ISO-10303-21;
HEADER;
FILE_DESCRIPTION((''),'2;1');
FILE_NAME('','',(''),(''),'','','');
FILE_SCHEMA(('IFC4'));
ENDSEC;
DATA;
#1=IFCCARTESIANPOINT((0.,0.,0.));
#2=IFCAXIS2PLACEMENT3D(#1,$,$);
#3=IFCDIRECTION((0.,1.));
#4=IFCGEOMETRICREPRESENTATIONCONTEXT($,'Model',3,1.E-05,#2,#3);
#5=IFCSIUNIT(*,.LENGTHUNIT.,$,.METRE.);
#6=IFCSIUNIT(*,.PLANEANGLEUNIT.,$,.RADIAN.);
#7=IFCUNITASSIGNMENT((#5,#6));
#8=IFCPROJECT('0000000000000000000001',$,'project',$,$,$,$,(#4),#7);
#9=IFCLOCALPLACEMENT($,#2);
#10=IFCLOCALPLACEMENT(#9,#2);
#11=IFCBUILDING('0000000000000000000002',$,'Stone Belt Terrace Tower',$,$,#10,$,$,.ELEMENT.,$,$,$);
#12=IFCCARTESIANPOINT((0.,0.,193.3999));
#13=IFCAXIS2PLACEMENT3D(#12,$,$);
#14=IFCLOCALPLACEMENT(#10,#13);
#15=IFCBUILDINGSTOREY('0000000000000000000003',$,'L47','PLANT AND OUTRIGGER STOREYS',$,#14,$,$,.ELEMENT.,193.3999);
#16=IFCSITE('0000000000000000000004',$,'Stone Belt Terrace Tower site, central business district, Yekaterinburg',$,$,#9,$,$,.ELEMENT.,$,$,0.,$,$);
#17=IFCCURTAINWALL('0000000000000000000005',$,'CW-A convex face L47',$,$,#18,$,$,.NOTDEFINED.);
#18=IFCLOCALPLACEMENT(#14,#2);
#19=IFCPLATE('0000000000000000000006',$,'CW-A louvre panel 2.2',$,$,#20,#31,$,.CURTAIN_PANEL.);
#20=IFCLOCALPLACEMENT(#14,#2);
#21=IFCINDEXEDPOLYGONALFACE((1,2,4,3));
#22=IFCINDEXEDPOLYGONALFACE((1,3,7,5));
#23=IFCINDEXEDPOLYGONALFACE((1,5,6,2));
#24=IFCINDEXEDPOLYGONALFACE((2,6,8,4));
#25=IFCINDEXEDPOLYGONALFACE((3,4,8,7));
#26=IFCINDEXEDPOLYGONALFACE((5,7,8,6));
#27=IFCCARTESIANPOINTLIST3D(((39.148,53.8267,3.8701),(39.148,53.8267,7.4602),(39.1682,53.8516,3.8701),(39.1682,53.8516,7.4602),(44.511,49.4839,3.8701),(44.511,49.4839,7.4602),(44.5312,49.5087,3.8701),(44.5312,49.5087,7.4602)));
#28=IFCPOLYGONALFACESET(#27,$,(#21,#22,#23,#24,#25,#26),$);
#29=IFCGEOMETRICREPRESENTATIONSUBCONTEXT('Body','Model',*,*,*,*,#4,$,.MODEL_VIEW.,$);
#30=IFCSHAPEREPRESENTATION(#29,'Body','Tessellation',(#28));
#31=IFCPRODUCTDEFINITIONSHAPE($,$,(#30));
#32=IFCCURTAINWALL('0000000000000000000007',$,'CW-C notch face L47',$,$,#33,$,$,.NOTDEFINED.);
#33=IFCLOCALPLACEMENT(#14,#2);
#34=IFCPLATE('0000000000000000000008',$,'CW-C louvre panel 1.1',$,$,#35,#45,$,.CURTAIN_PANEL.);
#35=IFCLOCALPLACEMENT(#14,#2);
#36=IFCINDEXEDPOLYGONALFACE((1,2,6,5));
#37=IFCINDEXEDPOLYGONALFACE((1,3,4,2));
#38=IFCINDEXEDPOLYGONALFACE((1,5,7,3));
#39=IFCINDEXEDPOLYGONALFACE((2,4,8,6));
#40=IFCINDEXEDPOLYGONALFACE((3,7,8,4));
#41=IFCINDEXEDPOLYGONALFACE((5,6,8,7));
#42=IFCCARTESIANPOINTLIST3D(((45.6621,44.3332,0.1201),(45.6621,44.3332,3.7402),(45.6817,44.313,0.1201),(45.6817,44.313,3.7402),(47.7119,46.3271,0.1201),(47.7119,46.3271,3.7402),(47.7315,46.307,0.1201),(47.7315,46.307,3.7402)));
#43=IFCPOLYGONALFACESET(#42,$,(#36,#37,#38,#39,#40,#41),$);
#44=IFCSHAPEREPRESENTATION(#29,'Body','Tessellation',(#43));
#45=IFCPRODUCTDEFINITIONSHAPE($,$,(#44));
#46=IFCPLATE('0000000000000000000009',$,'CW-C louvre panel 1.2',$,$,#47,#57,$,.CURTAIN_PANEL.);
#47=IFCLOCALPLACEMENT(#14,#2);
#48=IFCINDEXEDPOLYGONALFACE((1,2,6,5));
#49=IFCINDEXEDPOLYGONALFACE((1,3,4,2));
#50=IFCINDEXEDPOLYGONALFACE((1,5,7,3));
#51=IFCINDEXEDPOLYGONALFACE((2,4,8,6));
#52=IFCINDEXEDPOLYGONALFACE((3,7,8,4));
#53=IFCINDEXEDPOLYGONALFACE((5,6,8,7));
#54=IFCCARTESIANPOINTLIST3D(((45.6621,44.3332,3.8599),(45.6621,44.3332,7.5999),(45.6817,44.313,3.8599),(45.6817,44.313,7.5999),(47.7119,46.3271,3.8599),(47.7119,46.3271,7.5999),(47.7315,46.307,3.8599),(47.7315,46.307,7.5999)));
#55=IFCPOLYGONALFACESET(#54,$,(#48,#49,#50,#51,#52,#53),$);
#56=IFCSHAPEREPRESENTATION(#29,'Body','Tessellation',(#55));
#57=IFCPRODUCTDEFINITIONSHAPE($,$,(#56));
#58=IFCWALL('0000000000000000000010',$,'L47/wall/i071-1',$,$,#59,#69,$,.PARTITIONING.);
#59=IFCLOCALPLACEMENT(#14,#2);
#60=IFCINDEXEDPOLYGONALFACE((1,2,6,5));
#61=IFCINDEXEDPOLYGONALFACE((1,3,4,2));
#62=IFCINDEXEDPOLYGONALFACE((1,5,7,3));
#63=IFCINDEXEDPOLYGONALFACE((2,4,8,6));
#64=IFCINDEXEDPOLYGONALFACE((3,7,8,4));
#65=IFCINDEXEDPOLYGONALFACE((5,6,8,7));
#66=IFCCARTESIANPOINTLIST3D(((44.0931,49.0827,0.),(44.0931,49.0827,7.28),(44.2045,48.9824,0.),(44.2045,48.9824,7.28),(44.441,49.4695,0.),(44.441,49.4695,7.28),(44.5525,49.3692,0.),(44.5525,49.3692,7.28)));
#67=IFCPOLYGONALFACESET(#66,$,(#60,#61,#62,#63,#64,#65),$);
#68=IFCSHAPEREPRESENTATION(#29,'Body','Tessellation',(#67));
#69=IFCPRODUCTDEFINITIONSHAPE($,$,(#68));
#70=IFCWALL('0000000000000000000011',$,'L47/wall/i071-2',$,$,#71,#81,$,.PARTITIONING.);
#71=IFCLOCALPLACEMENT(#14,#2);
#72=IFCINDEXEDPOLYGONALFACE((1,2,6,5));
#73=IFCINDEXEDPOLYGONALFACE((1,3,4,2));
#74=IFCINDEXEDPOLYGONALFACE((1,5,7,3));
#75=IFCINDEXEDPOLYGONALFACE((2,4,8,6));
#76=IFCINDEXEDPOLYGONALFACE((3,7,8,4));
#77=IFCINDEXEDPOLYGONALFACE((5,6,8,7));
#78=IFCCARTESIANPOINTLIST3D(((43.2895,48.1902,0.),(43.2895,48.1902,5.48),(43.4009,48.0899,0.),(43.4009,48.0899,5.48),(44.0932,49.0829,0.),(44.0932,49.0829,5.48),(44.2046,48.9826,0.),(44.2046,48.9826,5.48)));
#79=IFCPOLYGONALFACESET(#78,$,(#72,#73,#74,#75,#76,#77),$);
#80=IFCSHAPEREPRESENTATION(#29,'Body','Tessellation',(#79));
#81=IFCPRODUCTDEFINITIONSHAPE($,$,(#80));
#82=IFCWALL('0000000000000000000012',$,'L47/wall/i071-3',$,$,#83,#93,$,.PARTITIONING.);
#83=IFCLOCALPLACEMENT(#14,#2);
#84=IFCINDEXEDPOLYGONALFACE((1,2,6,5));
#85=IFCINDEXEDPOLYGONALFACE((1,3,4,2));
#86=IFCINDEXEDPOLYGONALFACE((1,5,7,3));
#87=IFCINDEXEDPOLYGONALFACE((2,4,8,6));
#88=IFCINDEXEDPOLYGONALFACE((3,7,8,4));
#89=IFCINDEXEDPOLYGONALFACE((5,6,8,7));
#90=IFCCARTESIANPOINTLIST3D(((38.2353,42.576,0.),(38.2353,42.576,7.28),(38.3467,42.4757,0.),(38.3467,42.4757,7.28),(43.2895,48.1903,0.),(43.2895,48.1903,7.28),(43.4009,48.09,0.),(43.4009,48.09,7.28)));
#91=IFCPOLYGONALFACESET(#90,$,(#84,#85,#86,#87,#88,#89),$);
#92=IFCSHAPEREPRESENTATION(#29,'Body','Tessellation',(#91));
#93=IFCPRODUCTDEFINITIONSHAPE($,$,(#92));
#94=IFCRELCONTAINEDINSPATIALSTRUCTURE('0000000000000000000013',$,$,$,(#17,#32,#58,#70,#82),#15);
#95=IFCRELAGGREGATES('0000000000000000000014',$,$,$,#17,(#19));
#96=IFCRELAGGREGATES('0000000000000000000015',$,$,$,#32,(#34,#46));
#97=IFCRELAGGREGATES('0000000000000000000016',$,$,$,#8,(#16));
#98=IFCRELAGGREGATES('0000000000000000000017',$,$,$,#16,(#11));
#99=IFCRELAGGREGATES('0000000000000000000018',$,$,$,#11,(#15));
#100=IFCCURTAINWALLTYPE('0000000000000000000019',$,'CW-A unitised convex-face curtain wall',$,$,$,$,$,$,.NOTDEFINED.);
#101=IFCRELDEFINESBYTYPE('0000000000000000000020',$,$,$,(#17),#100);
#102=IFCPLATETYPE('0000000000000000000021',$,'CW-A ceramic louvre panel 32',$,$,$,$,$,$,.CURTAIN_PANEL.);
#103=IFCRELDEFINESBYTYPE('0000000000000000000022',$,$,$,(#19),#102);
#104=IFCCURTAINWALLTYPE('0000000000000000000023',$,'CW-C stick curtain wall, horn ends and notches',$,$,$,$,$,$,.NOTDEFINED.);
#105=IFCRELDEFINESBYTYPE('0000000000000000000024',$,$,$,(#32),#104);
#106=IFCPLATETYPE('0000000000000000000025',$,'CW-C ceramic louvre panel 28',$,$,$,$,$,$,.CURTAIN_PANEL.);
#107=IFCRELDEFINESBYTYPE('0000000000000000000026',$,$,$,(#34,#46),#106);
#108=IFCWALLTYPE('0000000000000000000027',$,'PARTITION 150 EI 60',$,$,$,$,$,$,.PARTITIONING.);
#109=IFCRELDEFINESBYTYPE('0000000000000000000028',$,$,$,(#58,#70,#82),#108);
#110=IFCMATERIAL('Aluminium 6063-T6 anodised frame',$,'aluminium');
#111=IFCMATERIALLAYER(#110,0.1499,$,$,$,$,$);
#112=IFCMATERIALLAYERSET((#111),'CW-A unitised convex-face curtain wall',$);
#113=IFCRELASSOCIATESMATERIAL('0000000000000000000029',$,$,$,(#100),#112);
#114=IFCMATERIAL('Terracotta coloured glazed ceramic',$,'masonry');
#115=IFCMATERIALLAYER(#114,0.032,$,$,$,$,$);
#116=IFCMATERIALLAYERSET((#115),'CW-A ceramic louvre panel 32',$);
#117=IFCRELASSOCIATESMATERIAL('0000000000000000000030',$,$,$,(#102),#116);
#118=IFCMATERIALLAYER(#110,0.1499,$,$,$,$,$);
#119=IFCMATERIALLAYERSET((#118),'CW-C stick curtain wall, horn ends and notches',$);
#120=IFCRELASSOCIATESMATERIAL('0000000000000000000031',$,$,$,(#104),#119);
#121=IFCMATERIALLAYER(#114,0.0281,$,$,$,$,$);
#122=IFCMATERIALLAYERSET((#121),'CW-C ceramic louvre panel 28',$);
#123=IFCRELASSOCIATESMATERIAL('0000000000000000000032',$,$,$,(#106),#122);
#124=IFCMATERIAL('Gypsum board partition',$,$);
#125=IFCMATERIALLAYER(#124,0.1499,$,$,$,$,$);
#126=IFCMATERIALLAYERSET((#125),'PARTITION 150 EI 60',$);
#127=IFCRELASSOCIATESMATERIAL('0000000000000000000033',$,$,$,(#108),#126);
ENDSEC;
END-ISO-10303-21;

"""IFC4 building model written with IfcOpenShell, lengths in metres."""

from ifc_helpers import new_model, si_unit, direction, frame, frame_2d, origin, origin_2d, place, context, subcontext, project, spatial, rectangle, extrude, material, layer, layer_set, type_object, element, aggregate, save


model = new_model("IFC4")

# Units and contexts
model_context = context("Model", 3, precision=1e-05, world=origin(), true_north=direction((0.0, 1.0)))
body_context = subcontext(model_context, "Body", "Model", "MODEL_VIEW")
ifc_project = project(units=[si_unit("LENGTHUNIT", "METRE"), si_unit("PLANEANGLEUNIT", "RADIAN")], contexts=[model_context])

# Site, building, storey
site_placement = place(None, origin())
site = spatial("IfcSite", under=ifc_project, at=site_placement, Name="Stone Belt Terrace Tower site, central business district, Yekaterinburg", CompositionType="ELEMENT", RefElevation=0.0)
building_placement = place(site_placement, origin())
building = spatial("IfcBuilding", under=site, at=building_placement, Name="Stone Belt Terrace Tower", CompositionType="ELEMENT")
storey_placement = place(building_placement, frame((0.0, 0.0, 193.3999)))
storey = spatial("IfcBuildingStorey", under=building, at=storey_placement, Name="L47", Description="PLANT AND OUTRIGGER STOREYS", CompositionType="ELEMENT", Elevation=193.3999)

# Curtain wall
ifc_material_1 = material(Name="Aluminium 6063-T6 anodised frame", Category="aluminium")
ifc_layer_1 = layer(ifc_material_1, 0.1499)
ifc_layer_set_1 = layer_set([ifc_layer_1], Name="CW-A unitised convex-face curtain wall")
curtain_wall_type_1 = type_object("IfcCurtainWallType", Name="CW-A unitised convex-face curtain wall", PredefinedType="NOTDEFINED", material=ifc_layer_set_1)
curtain_wall_1_placement = place(storey_placement, origin())
curtain_wall_1 = element("IfcCurtainWall", 1, at=curtain_wall_1_placement, inside=storey, type_object=curtain_wall_type_1, Name="CW-A convex face L47", PredefinedType="NOTDEFINED")

# Plate
ifc_material_2 = material(Name="Terracotta coloured glazed ceramic", Category="masonry")
ifc_layer_2 = layer(ifc_material_2, 0.032)
ifc_layer_set_2 = layer_set([ifc_layer_2], Name="CW-A ceramic louvre panel 32")
plate_type_1 = type_object("IfcPlateType", Name="CW-A ceramic louvre panel 32", PredefinedType="CURTAIN_PANEL", material=ifc_layer_set_2)
plate_1_placement = place(storey_placement, frame((41.8396, 51.6677, 3.8701), z_axis=(0.0, 0.0, 1.0), x_axis=(-0.777146, 0.62932, 0.0)))
plate_1 = element("IfcPlate", 2, at=plate_1_placement, type_object=plate_type_1, Name="CW-A louvre panel 2.2", PredefinedType="CURTAIN_PANEL", context=body_context, shape_type="SweptSolid", body=[
    extrude(rectangle(XDim=6.9009, YDim=0.032, at=origin_2d()), origin(), (0.0, 0.0, 1.0), 3.5901),
])
aggregate(curtain_wall_1, [plate_1])

# Curtain wall, plates
ifc_layer_3 = layer(ifc_material_1, 0.1499)
ifc_layer_set_3 = layer_set([ifc_layer_3], Name="CW-C stick curtain wall, horn ends and notches")
curtain_wall_type_2 = type_object("IfcCurtainWallType", Name="CW-C stick curtain wall, horn ends and notches", PredefinedType="NOTDEFINED", material=ifc_layer_set_3)
curtain_wall_2_placement = place(storey_placement, origin())
curtain_wall_2 = element("IfcCurtainWall", 3, at=curtain_wall_2_placement, inside=storey, type_object=curtain_wall_type_2, Name="CW-C notch face L47", PredefinedType="NOTDEFINED")
ifc_layer_4 = layer(ifc_material_2, 0.0281)
ifc_layer_set_4 = layer_set([ifc_layer_4], Name="CW-C ceramic louvre panel 28")
plate_type_2 = type_object("IfcPlateType", Name="CW-C ceramic louvre panel 28", PredefinedType="CURTAIN_PANEL", material=ifc_layer_set_4)
plate_2_placement = place(storey_placement, frame((46.6968, 45.3201, 0.1201), z_axis=(0.0, 0.0, 1.0), x_axis=(0.716803, 0.697275, 0.0)))
plate_2 = element("IfcPlate", 4, at=plate_2_placement, type_object=plate_type_2, Name="CW-C louvre panel 1.1", PredefinedType="CURTAIN_PANEL", context=body_context, shape_type="SweptSolid", body=[
    extrude(rectangle(XDim=2.8596, YDim=0.0281, at=origin_2d()), origin(), (0.0, 0.0, 1.0), 3.6201),
])
plate_3_placement = place(storey_placement, frame((46.6968, 45.3201, 3.8599), z_axis=(0.0, 0.0, 1.0), x_axis=(0.716803, 0.697275, 0.0)))
plate_3 = element("IfcPlate", 5, at=plate_3_placement, type_object=plate_type_2, Name="CW-C louvre panel 1.2", PredefinedType="CURTAIN_PANEL", context=body_context, shape_type="SweptSolid", body=[
    extrude(rectangle(XDim=2.8596, YDim=0.0281, at=origin_2d()), origin(), (0.0, 0.0, 1.0), 3.74),
])
aggregate(curtain_wall_2, [plate_2, plate_3])

# Walls
ifc_material_3 = material(Name="Gypsum board partition")
ifc_layer_5 = layer(ifc_material_3, 0.1499)
ifc_layer_set_5 = layer_set([ifc_layer_5], Name="PARTITION 150 EI 60")
wall_type = type_object("IfcWallType", Name="PARTITION 150 EI 60", PredefinedType="PARTITIONING", material=ifc_layer_set_5)
wall_1_placement = place(storey_placement, frame((44.4968, 49.4194, 0.0), z_axis=(0.0, 0.0, 1.0), x_axis=(-0.668809, -0.743434, 0.0)))
element("IfcWall", 6, at=wall_1_placement, inside=storey, type_object=wall_type, Name="L47/wall/i071-1", PredefinedType="PARTITIONING", context=body_context, shape_type="SweptSolid", body=[
    extrude(rectangle(XDim=0.5203, YDim=0.1499, at=frame_2d((0.2603, 0.0))), origin(), (0.0, 0.0, 1.0), 7.28),
])
wall_2_placement = place(storey_placement, frame((44.1489, 49.0327, 0.0), z_axis=(0.0, 0.0, 1.0), x_axis=(-0.669144, -0.743132, 0.0)))
element("IfcWall", 7, at=wall_2_placement, inside=storey, type_object=wall_type, Name="L47/wall/i071-2", PredefinedType="PARTITIONING", context=body_context, shape_type="SweptSolid", body=[
    extrude(rectangle(XDim=1.2012, YDim=0.1499, at=frame_2d((0.6006, 0.0))), origin(), (0.0, 0.0, 1.0), 5.48),
])
wall_3_placement = place(storey_placement, frame((43.3452, 48.1401, 0.0), z_axis=(0.0, 0.0, 1.0), x_axis=(-0.669065, -0.743204, 0.0)))
element("IfcWall", 8, at=wall_3_placement, inside=storey, type_object=wall_type, Name="L47/wall/i071-3", PredefinedType="PARTITIONING", context=body_context, shape_type="SweptSolid", body=[
    extrude(rectangle(XDim=7.5542, YDim=0.1499, at=frame_2d((3.7771, 0.0))), origin(), (0.0, 0.0, 1.0), 7.28),
])

save(model, "model.ifc")
